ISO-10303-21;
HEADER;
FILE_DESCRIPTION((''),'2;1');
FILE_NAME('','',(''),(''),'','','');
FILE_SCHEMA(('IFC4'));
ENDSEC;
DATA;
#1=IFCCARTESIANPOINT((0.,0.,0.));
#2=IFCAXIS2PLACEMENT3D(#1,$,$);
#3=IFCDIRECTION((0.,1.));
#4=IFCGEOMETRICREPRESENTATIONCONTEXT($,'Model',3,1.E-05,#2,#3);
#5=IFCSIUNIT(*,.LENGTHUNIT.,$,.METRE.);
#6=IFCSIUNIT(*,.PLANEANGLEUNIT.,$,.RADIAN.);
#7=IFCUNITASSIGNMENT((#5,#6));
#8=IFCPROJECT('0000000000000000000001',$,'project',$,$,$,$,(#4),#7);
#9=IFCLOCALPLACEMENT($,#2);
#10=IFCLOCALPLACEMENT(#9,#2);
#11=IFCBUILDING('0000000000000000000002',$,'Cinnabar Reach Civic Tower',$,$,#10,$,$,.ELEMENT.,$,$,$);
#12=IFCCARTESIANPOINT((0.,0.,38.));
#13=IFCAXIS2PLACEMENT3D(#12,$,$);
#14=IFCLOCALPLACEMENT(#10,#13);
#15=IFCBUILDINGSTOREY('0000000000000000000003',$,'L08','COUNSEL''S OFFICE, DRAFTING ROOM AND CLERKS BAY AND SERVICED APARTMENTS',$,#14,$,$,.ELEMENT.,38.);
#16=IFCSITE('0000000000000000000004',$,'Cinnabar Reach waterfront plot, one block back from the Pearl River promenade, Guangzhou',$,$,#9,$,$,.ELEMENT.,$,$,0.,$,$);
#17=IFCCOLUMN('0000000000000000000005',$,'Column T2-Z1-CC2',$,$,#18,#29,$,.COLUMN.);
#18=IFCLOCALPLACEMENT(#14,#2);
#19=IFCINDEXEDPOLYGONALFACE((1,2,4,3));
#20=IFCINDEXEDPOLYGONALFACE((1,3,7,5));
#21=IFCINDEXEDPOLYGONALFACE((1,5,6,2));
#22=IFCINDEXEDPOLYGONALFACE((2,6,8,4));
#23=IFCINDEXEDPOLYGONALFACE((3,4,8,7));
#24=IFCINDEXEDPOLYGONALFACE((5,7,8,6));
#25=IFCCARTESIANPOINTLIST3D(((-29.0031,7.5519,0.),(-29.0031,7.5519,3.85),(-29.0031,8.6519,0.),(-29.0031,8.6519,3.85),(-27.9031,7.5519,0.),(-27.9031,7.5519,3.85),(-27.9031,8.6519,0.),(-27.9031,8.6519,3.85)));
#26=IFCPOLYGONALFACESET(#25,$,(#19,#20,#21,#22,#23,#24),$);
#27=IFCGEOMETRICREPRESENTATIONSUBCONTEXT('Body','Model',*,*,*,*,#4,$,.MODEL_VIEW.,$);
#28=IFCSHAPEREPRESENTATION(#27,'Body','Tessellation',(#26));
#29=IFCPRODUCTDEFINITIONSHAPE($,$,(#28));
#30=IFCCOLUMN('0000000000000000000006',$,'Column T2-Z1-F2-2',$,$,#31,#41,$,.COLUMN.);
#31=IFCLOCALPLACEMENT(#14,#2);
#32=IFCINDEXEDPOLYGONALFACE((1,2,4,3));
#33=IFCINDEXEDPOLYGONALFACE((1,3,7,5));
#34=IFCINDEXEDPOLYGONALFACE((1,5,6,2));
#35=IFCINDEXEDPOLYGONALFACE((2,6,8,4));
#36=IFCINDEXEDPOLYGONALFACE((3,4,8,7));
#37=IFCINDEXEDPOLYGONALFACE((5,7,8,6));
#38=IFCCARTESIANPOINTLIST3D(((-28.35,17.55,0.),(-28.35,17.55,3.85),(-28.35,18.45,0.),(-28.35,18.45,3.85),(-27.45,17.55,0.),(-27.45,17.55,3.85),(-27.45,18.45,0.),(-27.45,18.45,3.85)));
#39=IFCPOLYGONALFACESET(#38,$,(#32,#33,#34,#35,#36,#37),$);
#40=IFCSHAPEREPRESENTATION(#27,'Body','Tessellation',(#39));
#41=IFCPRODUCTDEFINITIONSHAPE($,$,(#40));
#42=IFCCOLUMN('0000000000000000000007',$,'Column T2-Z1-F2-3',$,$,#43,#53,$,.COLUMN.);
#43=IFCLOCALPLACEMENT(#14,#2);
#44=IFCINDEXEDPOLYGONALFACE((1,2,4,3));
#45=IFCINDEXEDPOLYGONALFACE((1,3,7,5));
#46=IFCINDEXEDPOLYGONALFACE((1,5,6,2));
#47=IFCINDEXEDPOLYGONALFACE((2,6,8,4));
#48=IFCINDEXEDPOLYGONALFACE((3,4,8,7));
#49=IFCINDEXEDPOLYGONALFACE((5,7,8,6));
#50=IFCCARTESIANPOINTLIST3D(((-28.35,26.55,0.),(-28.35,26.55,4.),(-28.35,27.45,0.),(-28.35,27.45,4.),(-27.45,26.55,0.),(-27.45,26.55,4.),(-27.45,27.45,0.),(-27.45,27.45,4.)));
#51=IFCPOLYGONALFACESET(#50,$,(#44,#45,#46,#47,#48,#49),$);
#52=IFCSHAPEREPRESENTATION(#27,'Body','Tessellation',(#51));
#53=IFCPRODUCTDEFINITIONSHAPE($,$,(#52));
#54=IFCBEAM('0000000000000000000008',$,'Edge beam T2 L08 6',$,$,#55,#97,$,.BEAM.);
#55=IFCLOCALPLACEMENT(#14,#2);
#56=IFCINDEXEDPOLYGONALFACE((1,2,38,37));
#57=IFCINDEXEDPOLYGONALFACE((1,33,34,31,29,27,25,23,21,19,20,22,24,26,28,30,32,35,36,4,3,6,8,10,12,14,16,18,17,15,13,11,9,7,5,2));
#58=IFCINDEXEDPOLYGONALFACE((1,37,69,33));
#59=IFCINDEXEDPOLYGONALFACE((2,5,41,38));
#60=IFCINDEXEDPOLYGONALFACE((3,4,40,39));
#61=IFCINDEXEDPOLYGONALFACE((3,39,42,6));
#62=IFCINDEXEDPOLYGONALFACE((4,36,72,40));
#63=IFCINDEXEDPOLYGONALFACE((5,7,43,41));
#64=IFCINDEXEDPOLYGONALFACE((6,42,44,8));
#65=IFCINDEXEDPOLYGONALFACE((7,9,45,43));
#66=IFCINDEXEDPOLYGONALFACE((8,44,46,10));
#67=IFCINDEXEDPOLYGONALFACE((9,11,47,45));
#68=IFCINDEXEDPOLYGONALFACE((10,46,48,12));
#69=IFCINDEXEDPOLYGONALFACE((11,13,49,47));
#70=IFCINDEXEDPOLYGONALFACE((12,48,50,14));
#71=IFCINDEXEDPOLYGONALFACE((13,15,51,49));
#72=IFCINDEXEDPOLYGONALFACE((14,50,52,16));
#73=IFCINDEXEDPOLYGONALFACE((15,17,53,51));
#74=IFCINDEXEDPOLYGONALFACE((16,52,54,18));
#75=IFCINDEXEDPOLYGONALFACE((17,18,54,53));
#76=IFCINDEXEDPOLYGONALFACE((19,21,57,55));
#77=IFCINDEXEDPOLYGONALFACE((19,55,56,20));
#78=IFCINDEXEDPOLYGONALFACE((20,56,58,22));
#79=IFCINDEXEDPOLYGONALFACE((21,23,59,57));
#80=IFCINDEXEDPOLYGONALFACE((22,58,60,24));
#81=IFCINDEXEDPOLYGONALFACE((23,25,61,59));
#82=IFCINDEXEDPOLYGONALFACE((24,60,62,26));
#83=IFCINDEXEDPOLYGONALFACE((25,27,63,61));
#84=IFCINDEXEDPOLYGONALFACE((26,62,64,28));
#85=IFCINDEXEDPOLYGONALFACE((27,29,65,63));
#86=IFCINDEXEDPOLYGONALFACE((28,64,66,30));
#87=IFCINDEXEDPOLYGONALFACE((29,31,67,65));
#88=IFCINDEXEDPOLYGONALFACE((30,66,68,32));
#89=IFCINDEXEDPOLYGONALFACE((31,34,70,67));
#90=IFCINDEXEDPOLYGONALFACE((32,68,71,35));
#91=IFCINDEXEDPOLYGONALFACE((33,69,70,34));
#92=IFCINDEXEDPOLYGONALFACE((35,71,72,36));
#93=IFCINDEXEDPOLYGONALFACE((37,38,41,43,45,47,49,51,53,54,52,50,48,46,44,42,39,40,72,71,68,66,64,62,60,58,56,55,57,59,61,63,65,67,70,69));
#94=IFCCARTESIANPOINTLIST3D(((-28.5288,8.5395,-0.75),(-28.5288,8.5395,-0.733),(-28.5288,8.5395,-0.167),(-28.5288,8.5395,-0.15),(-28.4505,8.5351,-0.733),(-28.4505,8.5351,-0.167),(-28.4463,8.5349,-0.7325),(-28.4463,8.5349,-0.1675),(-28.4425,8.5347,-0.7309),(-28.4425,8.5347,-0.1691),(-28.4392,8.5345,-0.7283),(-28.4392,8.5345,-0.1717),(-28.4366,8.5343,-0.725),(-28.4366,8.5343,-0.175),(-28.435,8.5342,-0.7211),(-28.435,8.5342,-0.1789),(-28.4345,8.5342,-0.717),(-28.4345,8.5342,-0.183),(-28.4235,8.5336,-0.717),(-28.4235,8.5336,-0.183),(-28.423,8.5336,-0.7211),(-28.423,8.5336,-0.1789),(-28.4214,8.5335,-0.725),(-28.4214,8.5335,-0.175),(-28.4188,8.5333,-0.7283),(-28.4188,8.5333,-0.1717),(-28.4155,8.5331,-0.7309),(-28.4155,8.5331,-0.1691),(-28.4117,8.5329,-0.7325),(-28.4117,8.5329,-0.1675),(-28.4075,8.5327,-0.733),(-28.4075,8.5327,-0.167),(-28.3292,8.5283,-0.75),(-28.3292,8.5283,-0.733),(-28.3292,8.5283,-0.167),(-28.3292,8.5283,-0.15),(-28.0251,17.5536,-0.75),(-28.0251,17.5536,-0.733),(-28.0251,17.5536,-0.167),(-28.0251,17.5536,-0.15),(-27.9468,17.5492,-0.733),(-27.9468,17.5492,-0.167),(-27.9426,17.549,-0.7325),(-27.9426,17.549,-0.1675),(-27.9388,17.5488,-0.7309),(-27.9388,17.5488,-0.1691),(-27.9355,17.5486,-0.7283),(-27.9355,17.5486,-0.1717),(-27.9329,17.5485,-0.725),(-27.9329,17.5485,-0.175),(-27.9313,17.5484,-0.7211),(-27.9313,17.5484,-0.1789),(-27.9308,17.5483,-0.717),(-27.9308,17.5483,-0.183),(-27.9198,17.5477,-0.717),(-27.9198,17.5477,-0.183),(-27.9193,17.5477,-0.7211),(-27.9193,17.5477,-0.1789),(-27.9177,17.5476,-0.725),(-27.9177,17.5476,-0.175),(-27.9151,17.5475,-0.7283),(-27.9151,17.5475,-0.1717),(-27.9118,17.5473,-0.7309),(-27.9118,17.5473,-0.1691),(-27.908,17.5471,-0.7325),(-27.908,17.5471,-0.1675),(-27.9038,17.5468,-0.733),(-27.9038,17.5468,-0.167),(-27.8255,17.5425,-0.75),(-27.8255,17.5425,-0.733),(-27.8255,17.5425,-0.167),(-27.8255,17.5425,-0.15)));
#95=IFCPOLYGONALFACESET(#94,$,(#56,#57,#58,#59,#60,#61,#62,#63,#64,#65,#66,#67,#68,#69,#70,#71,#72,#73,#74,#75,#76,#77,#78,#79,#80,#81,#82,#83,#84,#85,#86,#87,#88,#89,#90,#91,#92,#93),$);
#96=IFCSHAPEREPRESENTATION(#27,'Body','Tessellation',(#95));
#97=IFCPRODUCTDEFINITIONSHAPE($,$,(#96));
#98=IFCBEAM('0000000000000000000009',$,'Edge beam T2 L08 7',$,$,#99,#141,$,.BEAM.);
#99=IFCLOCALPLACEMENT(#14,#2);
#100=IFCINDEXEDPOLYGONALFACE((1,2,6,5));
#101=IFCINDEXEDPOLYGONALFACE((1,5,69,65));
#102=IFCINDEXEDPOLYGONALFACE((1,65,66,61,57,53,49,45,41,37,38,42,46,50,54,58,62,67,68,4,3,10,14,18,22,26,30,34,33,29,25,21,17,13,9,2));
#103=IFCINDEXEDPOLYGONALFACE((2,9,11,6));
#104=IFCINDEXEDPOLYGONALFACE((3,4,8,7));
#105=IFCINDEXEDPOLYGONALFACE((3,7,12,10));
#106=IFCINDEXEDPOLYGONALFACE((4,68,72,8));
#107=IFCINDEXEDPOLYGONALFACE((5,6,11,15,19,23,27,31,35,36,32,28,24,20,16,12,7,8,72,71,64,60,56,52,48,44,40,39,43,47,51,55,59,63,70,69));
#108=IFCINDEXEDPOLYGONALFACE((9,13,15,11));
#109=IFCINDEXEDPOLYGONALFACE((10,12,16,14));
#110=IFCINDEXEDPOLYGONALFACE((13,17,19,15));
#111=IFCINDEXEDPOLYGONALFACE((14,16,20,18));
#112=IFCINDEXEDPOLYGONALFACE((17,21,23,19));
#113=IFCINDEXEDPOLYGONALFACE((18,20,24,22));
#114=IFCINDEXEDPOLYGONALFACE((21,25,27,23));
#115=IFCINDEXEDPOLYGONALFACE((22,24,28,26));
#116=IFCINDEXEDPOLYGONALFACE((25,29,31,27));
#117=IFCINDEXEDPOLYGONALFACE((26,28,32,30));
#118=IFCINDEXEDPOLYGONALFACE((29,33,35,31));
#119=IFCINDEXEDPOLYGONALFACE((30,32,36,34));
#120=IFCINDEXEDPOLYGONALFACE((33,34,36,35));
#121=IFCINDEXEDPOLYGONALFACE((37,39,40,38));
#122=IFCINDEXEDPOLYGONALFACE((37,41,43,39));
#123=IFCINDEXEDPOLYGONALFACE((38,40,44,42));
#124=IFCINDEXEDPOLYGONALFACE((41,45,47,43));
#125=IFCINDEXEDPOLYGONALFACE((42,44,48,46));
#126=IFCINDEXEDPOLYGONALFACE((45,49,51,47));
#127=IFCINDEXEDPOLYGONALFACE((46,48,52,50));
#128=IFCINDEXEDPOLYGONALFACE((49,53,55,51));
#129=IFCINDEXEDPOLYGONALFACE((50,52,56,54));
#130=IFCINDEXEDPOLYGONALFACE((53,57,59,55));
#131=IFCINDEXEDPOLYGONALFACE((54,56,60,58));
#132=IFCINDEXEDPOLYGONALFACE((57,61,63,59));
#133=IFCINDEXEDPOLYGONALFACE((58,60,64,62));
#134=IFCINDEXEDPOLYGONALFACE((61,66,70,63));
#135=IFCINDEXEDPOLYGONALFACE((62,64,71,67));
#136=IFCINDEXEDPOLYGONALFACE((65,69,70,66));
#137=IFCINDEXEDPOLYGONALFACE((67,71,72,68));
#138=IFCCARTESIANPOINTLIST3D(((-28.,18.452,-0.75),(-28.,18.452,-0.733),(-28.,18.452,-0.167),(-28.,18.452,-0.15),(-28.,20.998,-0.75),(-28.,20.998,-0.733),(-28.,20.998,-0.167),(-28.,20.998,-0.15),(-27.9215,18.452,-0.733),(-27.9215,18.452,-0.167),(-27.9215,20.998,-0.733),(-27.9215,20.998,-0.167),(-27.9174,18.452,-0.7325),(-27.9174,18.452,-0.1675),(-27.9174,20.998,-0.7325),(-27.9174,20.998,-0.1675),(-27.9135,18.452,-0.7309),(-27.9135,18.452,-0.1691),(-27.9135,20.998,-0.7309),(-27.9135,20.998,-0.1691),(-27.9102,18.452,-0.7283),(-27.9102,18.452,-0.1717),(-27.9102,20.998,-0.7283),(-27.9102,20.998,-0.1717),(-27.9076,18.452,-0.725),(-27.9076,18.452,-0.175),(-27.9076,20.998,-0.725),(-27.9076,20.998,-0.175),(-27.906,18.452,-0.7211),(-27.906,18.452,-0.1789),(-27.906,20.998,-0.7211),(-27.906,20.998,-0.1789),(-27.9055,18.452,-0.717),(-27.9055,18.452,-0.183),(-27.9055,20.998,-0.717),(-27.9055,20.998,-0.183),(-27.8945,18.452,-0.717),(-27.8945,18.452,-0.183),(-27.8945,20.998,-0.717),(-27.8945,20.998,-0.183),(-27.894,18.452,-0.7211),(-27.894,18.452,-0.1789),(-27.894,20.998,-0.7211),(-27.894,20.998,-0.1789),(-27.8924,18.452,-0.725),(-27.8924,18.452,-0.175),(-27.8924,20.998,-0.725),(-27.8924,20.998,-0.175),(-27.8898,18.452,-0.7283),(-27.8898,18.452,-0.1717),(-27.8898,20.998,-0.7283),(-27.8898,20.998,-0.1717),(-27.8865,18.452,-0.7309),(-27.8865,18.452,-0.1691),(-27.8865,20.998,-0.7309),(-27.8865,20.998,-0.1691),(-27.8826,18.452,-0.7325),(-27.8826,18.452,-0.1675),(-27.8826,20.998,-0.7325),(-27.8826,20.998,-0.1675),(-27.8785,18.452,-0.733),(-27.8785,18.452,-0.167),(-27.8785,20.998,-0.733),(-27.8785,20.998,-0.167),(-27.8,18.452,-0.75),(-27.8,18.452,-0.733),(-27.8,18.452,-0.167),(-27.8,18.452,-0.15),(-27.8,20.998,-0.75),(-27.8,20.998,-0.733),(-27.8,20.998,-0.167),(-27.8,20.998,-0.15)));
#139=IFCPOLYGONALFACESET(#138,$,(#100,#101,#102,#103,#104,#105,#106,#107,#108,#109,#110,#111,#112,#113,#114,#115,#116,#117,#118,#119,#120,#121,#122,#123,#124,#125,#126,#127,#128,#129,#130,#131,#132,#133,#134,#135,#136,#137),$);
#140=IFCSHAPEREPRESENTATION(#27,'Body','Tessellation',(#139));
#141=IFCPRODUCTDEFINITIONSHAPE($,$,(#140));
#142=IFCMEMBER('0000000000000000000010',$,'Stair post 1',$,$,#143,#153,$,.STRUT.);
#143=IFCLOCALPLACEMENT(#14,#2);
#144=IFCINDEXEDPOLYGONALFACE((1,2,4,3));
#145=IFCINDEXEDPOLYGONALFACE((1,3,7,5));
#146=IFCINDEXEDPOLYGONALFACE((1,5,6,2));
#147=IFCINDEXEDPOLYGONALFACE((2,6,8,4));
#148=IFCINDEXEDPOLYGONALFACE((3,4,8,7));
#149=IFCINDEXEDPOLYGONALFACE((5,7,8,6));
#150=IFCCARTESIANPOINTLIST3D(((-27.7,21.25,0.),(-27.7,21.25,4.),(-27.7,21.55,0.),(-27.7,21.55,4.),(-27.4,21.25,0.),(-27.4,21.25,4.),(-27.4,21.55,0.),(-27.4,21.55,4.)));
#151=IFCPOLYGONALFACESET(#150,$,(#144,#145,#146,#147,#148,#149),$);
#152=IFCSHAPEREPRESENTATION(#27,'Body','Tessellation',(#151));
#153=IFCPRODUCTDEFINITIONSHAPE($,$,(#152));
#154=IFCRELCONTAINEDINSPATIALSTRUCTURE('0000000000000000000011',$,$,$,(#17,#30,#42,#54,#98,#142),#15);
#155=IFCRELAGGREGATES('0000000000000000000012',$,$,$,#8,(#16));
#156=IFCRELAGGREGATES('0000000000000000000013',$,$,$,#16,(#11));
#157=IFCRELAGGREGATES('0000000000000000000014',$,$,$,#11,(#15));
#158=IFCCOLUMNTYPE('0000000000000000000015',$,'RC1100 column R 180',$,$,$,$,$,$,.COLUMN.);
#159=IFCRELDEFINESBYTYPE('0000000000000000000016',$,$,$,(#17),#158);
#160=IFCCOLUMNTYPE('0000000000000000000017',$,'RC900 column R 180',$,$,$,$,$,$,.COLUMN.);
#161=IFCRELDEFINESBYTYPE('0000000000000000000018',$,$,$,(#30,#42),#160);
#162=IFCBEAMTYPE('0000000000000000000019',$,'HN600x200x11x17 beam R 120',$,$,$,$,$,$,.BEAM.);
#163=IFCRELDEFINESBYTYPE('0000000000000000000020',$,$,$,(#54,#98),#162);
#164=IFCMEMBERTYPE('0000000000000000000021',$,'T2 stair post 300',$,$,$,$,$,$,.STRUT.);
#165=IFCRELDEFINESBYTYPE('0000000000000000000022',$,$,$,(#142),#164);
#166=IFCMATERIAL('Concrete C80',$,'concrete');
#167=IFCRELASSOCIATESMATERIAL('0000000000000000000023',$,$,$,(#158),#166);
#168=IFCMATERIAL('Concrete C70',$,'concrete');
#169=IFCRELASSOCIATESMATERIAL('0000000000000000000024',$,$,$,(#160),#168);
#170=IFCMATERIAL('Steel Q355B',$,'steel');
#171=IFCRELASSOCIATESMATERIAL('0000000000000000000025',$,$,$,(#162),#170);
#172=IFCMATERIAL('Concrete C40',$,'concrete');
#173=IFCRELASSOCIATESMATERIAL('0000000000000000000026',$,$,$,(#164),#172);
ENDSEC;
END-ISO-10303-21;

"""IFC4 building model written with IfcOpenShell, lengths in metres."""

from ifc_helpers import new_model, si_unit, direction, frame, origin, origin_2d, place, context, subcontext, project, spatial, rectangle, i_section, extrude, material, material_profile, profile_set, type_object, element, save


model = new_model("IFC4")

# Units and contexts
model_context = context("Model", 3, precision=1e-05, world=origin(), true_north=direction((0.0, 1.0)))
body_context = subcontext(model_context, "Body", "Model", "MODEL_VIEW")
ifc_project = project(units=[si_unit("LENGTHUNIT", "METRE"), si_unit("PLANEANGLEUNIT", "RADIAN")], contexts=[model_context])

# Site, building, storey
site_placement = place(None, origin())
site = spatial("IfcSite", under=ifc_project, at=site_placement, Name="Cinnabar Reach waterfront plot, one block back from the Pearl River promenade, Guangzhou", CompositionType="ELEMENT", RefElevation=0.0)
building_placement = place(site_placement, origin())
building = spatial("IfcBuilding", under=site, at=building_placement, Name="Cinnabar Reach Civic Tower", CompositionType="ELEMENT")
storey_placement = place(building_placement, frame((0.0, 0.0, 38.0)))
storey = spatial("IfcBuildingStorey", under=building, at=storey_placement, Name="L08", Description="COUNSEL'S OFFICE, DRAFTING ROOM AND CLERKS BAY AND SERVICED APARTMENTS", CompositionType="ELEMENT", Elevation=38.0)

# Columns
ifc_material_1 = material(Name="Concrete C80", Category="concrete")
ifc_material_profile_1 = material_profile(ifc_material_1, rectangle(XDim=1.1, YDim=1.1, at=origin_2d()), Name="RC1100")
ifc_profile_set_1 = profile_set([ifc_material_profile_1], Name="Concrete C80")
column_type_1 = type_object("IfcColumnType", Name="RC1100 column R 180", PredefinedType="COLUMN", material=ifc_profile_set_1)
column_1_placement = place(storey_placement, frame((-28.4531, 8.1019, 0.0), z_axis=(0.0, 0.0, 1.0), x_axis=(1.0, 0.0, 0.0)))
element("IfcColumn", 1, at=column_1_placement, inside=storey, type_object=column_type_1, Name="Column T2-Z1-CC2", PredefinedType="COLUMN", context=body_context, shape_type="SweptSolid", body=[
    extrude(rectangle(XDim=1.1, YDim=1.1, at=origin_2d()), origin(), (0.0, 0.0, 1.0), 3.85),
])
ifc_material_2 = material(Name="Concrete C70", Category="concrete")
ifc_material_profile_2 = material_profile(ifc_material_2, rectangle(XDim=0.9, YDim=0.9, at=origin_2d()), Name="RC900")
ifc_profile_set_2 = profile_set([ifc_material_profile_2], Name="Concrete C70")
column_type_2 = type_object("IfcColumnType", Name="RC900 column R 180", PredefinedType="COLUMN", material=ifc_profile_set_2)
column_2_placement = place(storey_placement, frame((-27.9, 18.0, 0.0), z_axis=(0.0, 0.0, 1.0), x_axis=(1.0, 0.0, 0.0)))
element("IfcColumn", 2, at=column_2_placement, inside=storey, type_object=column_type_2, Name="Column T2-Z1-F2-2", PredefinedType="COLUMN", context=body_context, shape_type="SweptSolid", body=[
    extrude(rectangle(XDim=0.9, YDim=0.9, at=origin_2d()), origin(), (0.0, 0.0, 1.0), 3.85),
])
column_3_placement = place(storey_placement, frame((-27.9, 27.0, 0.0), z_axis=(0.0, 0.0, 1.0), x_axis=(1.0, 0.0, 0.0)))
element("IfcColumn", 3, at=column_3_placement, inside=storey, type_object=column_type_2, Name="Column T2-Z1-F2-3", PredefinedType="COLUMN", context=body_context, shape_type="SweptSolid", body=[
    extrude(rectangle(XDim=0.9, YDim=0.9, at=origin_2d()), origin(), (0.0, 0.0, 1.0), 4.0),
])

# Beams
ifc_material_3 = material(Name="Steel Q355B", Category="steel")
ifc_material_profile_3 = material_profile(ifc_material_3, i_section(OverallWidth=0.2, OverallDepth=0.6, WebThickness=0.011, FlangeThickness=0.017, FilletRadius=0.016, at=origin_2d()), Name="HN600x200x11x17")
ifc_profile_set_3 = profile_set([ifc_material_profile_3], Name="Steel Q355B")
beam_type = type_object("IfcBeamType", Name="HN600x200x11x17 beam R 120", PredefinedType="BEAM", material=ifc_profile_set_3)
beam_1_placement = place(storey_placement, frame((-28.429, 8.5339, -0.45), z_axis=(0.055792, 0.998442, 0.0), x_axis=(-0.998442, 0.055792, 0.0)))
element("IfcBeam", 4, at=beam_1_placement, inside=storey, type_object=beam_type, Name="Edge beam T2 L08 6", PredefinedType="BEAM", context=body_context, shape_type="SweptSolid", body=[
    extrude(i_section(OverallWidth=0.2, OverallDepth=0.6, WebThickness=0.011, FlangeThickness=0.017, FilletRadius=0.016, at=origin_2d()), origin(), (0.0, 0.0, 1.0), 9.0282),
])
beam_2_placement = place(storey_placement, frame((-27.9, 18.452, -0.45), z_axis=(0.0, 1.0, 0.0), x_axis=(-1.0, 0.0, 0.0)))
element("IfcBeam", 5, at=beam_2_placement, inside=storey, type_object=beam_type, Name="Edge beam T2 L08 7", PredefinedType="BEAM", context=body_context, shape_type="SweptSolid", body=[
    extrude(i_section(OverallWidth=0.2, OverallDepth=0.6, WebThickness=0.011, FlangeThickness=0.017, FilletRadius=0.016, at=origin_2d()), origin(), (0.0, 0.0, 1.0), 2.546),
])

# Member
ifc_material_4 = material(Name="Concrete C40", Category="concrete")
ifc_material_profile_4 = material_profile(ifc_material_4, rectangle(XDim=0.3, YDim=0.3, at=origin_2d()), Name="C300")
ifc_profile_set_4 = profile_set([ifc_material_profile_4], Name="Concrete C40")
member_type = type_object("IfcMemberType", Name="T2 stair post 300", PredefinedType="STRUT", material=ifc_profile_set_4)
member_placement = place(storey_placement, frame((-27.55, 21.4, 0.0), z_axis=(0.0, 0.0, 1.0), x_axis=(1.0, 0.0, 0.0)))
element("IfcMember", 6, at=member_placement, inside=storey, type_object=member_type, Name="Stair post 1", PredefinedType="STRUT", context=body_context, shape_type="SweptSolid", body=[
    extrude(rectangle(XDim=0.3, YDim=0.3, at=origin_2d()), origin(), (0.0, 0.0, 1.0), 4.0),
])

save(model, "model.ifc")
